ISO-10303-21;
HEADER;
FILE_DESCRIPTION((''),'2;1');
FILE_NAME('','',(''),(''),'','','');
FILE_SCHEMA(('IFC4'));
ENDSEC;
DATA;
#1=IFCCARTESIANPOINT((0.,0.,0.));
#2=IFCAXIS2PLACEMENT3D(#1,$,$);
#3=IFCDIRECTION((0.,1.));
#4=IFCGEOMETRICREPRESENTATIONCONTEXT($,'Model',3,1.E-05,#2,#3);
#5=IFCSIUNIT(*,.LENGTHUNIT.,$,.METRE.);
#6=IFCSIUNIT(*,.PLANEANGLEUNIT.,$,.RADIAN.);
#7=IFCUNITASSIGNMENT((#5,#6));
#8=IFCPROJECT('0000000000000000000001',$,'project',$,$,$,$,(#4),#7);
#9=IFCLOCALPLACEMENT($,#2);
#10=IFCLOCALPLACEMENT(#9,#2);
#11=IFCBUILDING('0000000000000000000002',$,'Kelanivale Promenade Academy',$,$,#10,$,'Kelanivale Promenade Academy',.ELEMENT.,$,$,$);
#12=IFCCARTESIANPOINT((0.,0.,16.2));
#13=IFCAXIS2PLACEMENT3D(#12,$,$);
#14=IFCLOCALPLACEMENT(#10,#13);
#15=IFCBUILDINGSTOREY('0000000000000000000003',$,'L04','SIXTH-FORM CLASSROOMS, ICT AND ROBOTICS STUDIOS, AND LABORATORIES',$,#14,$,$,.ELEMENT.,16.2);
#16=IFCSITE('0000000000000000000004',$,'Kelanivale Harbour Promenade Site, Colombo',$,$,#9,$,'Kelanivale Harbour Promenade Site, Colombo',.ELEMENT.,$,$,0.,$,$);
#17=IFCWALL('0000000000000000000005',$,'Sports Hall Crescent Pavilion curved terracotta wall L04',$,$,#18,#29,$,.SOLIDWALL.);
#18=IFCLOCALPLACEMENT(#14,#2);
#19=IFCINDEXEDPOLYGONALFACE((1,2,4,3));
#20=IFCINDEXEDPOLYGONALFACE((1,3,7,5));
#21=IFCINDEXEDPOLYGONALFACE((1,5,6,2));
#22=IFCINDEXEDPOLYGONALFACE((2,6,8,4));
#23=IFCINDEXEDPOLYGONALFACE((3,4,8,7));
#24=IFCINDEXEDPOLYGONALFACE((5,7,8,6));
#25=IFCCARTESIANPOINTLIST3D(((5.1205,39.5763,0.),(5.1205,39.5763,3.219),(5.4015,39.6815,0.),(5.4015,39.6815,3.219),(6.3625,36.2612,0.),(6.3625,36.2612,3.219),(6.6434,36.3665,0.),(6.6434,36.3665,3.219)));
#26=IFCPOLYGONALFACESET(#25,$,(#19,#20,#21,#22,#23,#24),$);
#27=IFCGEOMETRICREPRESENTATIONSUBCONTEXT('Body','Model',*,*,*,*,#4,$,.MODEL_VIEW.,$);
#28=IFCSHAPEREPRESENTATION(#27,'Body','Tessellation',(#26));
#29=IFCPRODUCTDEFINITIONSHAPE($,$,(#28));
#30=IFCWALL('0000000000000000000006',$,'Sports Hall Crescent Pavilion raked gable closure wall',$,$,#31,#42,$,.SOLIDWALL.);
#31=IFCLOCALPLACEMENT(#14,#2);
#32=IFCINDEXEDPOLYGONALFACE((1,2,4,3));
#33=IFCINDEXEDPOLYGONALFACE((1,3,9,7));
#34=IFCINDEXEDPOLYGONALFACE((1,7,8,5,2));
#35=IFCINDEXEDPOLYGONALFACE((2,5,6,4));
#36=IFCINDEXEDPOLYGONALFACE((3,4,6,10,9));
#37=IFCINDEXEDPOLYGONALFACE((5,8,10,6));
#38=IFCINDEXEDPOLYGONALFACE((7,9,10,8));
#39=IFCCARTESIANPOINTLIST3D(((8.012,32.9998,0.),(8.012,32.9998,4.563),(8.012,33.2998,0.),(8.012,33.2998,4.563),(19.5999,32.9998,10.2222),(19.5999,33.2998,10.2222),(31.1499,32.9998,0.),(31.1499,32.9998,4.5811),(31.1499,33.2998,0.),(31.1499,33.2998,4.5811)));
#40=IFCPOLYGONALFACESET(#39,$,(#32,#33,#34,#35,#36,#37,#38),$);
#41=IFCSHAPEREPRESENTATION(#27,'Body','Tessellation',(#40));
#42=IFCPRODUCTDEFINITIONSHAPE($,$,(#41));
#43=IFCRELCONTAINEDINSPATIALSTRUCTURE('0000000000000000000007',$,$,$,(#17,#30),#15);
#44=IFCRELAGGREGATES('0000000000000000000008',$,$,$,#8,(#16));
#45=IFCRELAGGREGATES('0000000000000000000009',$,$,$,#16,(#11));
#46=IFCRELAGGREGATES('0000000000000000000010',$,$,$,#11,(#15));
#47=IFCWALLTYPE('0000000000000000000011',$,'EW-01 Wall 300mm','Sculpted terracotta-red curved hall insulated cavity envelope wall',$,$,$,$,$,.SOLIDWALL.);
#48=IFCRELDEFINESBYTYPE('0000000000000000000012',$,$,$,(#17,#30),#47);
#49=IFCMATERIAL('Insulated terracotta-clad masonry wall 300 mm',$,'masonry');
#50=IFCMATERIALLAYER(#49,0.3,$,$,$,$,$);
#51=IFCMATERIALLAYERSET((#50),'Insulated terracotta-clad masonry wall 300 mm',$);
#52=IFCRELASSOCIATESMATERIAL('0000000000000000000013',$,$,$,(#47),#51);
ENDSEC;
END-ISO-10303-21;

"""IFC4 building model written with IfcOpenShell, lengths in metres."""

from ifc_helpers import new_model, si_unit, direction, frame, frame_2d, origin, place, context, subcontext, project, spatial, polyline, rectangle, outline, extrude, material, layer, layer_set, type_object, element, save


model = new_model("IFC4")

# Units and contexts
model_context = context("Model", 3, precision=1e-05, world=origin(), true_north=direction((0.0, 1.0)))
body_context = subcontext(model_context, "Body", "Model", "MODEL_VIEW")
ifc_project = project(units=[si_unit("LENGTHUNIT", "METRE"), si_unit("PLANEANGLEUNIT", "RADIAN")], contexts=[model_context])

# Site, building, storey
site_placement = place(None, origin())
site = spatial("IfcSite", under=ifc_project, at=site_placement, Name="Kelanivale Harbour Promenade Site, Colombo", LongName="Kelanivale Harbour Promenade Site, Colombo", CompositionType="ELEMENT", RefElevation=0.0)
building_placement = place(site_placement, origin())
building = spatial("IfcBuilding", under=site, at=building_placement, Name="Kelanivale Promenade Academy", LongName="Kelanivale Promenade Academy", CompositionType="ELEMENT")
storey_placement = place(building_placement, frame((0.0, 0.0, 16.2)))
storey = spatial("IfcBuildingStorey", under=building, at=storey_placement, Name="L04", Description="SIXTH-FORM CLASSROOMS, ICT AND ROBOTICS STUDIOS, AND LABORATORIES", CompositionType="ELEMENT", Elevation=16.2)

# Walls
ifc_material_1 = material(Name="Insulated terracotta-clad masonry wall 300 mm", Category="masonry")
ifc_layer_1 = layer(ifc_material_1, 0.3)
ifc_layer_set_1 = layer_set([ifc_layer_1], Name="Insulated terracotta-clad masonry wall 300 mm")
wall_type = type_object("IfcWallType", Name="EW-01 Wall 300mm", Description="Sculpted terracotta-red curved hall insulated cavity envelope wall", PredefinedType="SOLIDWALL", material=ifc_layer_set_1)
wall_1_placement = place(storey_placement, frame((5.261, 39.6289, 0.0), z_axis=(0.0, 0.0, 1.0), x_axis=(0.350836, -0.936437, 0.0)))
element("IfcWall", 1, at=wall_1_placement, inside=storey, type_object=wall_type, Name="Sports Hall Crescent Pavilion curved terracotta wall L04", PredefinedType="SOLIDWALL", context=body_context, shape_type="SweptSolid", body=[
    extrude(rectangle(XDim=3.54, YDim=0.3, at=frame_2d((1.77, 0.0))), origin(), (0.0, 0.0, 1.0), 3.219),
])
wall_2_placement = place(storey_placement, frame((8.012, 33.1499, 0.0), z_axis=(0.0, 0.0, 1.0), x_axis=(1.0, 0.0, 0.0)))
element("IfcWall", 2, at=wall_2_placement, inside=storey, type_object=wall_type, Name="Sports Hall Crescent Pavilion raked gable closure wall", PredefinedType="SOLIDWALL", context=body_context, shape_type="SweptSolid", body=[
    extrude(outline(polyline([(0.0, 0.0), (23.1379, 0.0), (23.1379, 4.5811), (11.5879, 10.2222), (0.0, 4.563), (0.0, 0.0)])), frame((0.0, 0.1499, 0.0), z_axis=(0.0, -1.0, 0.0), x_axis=(1.0, 0.0, 0.0)), (0.0, 0.0, 1.0), 0.3),
])

save(model, "model.ifc")
